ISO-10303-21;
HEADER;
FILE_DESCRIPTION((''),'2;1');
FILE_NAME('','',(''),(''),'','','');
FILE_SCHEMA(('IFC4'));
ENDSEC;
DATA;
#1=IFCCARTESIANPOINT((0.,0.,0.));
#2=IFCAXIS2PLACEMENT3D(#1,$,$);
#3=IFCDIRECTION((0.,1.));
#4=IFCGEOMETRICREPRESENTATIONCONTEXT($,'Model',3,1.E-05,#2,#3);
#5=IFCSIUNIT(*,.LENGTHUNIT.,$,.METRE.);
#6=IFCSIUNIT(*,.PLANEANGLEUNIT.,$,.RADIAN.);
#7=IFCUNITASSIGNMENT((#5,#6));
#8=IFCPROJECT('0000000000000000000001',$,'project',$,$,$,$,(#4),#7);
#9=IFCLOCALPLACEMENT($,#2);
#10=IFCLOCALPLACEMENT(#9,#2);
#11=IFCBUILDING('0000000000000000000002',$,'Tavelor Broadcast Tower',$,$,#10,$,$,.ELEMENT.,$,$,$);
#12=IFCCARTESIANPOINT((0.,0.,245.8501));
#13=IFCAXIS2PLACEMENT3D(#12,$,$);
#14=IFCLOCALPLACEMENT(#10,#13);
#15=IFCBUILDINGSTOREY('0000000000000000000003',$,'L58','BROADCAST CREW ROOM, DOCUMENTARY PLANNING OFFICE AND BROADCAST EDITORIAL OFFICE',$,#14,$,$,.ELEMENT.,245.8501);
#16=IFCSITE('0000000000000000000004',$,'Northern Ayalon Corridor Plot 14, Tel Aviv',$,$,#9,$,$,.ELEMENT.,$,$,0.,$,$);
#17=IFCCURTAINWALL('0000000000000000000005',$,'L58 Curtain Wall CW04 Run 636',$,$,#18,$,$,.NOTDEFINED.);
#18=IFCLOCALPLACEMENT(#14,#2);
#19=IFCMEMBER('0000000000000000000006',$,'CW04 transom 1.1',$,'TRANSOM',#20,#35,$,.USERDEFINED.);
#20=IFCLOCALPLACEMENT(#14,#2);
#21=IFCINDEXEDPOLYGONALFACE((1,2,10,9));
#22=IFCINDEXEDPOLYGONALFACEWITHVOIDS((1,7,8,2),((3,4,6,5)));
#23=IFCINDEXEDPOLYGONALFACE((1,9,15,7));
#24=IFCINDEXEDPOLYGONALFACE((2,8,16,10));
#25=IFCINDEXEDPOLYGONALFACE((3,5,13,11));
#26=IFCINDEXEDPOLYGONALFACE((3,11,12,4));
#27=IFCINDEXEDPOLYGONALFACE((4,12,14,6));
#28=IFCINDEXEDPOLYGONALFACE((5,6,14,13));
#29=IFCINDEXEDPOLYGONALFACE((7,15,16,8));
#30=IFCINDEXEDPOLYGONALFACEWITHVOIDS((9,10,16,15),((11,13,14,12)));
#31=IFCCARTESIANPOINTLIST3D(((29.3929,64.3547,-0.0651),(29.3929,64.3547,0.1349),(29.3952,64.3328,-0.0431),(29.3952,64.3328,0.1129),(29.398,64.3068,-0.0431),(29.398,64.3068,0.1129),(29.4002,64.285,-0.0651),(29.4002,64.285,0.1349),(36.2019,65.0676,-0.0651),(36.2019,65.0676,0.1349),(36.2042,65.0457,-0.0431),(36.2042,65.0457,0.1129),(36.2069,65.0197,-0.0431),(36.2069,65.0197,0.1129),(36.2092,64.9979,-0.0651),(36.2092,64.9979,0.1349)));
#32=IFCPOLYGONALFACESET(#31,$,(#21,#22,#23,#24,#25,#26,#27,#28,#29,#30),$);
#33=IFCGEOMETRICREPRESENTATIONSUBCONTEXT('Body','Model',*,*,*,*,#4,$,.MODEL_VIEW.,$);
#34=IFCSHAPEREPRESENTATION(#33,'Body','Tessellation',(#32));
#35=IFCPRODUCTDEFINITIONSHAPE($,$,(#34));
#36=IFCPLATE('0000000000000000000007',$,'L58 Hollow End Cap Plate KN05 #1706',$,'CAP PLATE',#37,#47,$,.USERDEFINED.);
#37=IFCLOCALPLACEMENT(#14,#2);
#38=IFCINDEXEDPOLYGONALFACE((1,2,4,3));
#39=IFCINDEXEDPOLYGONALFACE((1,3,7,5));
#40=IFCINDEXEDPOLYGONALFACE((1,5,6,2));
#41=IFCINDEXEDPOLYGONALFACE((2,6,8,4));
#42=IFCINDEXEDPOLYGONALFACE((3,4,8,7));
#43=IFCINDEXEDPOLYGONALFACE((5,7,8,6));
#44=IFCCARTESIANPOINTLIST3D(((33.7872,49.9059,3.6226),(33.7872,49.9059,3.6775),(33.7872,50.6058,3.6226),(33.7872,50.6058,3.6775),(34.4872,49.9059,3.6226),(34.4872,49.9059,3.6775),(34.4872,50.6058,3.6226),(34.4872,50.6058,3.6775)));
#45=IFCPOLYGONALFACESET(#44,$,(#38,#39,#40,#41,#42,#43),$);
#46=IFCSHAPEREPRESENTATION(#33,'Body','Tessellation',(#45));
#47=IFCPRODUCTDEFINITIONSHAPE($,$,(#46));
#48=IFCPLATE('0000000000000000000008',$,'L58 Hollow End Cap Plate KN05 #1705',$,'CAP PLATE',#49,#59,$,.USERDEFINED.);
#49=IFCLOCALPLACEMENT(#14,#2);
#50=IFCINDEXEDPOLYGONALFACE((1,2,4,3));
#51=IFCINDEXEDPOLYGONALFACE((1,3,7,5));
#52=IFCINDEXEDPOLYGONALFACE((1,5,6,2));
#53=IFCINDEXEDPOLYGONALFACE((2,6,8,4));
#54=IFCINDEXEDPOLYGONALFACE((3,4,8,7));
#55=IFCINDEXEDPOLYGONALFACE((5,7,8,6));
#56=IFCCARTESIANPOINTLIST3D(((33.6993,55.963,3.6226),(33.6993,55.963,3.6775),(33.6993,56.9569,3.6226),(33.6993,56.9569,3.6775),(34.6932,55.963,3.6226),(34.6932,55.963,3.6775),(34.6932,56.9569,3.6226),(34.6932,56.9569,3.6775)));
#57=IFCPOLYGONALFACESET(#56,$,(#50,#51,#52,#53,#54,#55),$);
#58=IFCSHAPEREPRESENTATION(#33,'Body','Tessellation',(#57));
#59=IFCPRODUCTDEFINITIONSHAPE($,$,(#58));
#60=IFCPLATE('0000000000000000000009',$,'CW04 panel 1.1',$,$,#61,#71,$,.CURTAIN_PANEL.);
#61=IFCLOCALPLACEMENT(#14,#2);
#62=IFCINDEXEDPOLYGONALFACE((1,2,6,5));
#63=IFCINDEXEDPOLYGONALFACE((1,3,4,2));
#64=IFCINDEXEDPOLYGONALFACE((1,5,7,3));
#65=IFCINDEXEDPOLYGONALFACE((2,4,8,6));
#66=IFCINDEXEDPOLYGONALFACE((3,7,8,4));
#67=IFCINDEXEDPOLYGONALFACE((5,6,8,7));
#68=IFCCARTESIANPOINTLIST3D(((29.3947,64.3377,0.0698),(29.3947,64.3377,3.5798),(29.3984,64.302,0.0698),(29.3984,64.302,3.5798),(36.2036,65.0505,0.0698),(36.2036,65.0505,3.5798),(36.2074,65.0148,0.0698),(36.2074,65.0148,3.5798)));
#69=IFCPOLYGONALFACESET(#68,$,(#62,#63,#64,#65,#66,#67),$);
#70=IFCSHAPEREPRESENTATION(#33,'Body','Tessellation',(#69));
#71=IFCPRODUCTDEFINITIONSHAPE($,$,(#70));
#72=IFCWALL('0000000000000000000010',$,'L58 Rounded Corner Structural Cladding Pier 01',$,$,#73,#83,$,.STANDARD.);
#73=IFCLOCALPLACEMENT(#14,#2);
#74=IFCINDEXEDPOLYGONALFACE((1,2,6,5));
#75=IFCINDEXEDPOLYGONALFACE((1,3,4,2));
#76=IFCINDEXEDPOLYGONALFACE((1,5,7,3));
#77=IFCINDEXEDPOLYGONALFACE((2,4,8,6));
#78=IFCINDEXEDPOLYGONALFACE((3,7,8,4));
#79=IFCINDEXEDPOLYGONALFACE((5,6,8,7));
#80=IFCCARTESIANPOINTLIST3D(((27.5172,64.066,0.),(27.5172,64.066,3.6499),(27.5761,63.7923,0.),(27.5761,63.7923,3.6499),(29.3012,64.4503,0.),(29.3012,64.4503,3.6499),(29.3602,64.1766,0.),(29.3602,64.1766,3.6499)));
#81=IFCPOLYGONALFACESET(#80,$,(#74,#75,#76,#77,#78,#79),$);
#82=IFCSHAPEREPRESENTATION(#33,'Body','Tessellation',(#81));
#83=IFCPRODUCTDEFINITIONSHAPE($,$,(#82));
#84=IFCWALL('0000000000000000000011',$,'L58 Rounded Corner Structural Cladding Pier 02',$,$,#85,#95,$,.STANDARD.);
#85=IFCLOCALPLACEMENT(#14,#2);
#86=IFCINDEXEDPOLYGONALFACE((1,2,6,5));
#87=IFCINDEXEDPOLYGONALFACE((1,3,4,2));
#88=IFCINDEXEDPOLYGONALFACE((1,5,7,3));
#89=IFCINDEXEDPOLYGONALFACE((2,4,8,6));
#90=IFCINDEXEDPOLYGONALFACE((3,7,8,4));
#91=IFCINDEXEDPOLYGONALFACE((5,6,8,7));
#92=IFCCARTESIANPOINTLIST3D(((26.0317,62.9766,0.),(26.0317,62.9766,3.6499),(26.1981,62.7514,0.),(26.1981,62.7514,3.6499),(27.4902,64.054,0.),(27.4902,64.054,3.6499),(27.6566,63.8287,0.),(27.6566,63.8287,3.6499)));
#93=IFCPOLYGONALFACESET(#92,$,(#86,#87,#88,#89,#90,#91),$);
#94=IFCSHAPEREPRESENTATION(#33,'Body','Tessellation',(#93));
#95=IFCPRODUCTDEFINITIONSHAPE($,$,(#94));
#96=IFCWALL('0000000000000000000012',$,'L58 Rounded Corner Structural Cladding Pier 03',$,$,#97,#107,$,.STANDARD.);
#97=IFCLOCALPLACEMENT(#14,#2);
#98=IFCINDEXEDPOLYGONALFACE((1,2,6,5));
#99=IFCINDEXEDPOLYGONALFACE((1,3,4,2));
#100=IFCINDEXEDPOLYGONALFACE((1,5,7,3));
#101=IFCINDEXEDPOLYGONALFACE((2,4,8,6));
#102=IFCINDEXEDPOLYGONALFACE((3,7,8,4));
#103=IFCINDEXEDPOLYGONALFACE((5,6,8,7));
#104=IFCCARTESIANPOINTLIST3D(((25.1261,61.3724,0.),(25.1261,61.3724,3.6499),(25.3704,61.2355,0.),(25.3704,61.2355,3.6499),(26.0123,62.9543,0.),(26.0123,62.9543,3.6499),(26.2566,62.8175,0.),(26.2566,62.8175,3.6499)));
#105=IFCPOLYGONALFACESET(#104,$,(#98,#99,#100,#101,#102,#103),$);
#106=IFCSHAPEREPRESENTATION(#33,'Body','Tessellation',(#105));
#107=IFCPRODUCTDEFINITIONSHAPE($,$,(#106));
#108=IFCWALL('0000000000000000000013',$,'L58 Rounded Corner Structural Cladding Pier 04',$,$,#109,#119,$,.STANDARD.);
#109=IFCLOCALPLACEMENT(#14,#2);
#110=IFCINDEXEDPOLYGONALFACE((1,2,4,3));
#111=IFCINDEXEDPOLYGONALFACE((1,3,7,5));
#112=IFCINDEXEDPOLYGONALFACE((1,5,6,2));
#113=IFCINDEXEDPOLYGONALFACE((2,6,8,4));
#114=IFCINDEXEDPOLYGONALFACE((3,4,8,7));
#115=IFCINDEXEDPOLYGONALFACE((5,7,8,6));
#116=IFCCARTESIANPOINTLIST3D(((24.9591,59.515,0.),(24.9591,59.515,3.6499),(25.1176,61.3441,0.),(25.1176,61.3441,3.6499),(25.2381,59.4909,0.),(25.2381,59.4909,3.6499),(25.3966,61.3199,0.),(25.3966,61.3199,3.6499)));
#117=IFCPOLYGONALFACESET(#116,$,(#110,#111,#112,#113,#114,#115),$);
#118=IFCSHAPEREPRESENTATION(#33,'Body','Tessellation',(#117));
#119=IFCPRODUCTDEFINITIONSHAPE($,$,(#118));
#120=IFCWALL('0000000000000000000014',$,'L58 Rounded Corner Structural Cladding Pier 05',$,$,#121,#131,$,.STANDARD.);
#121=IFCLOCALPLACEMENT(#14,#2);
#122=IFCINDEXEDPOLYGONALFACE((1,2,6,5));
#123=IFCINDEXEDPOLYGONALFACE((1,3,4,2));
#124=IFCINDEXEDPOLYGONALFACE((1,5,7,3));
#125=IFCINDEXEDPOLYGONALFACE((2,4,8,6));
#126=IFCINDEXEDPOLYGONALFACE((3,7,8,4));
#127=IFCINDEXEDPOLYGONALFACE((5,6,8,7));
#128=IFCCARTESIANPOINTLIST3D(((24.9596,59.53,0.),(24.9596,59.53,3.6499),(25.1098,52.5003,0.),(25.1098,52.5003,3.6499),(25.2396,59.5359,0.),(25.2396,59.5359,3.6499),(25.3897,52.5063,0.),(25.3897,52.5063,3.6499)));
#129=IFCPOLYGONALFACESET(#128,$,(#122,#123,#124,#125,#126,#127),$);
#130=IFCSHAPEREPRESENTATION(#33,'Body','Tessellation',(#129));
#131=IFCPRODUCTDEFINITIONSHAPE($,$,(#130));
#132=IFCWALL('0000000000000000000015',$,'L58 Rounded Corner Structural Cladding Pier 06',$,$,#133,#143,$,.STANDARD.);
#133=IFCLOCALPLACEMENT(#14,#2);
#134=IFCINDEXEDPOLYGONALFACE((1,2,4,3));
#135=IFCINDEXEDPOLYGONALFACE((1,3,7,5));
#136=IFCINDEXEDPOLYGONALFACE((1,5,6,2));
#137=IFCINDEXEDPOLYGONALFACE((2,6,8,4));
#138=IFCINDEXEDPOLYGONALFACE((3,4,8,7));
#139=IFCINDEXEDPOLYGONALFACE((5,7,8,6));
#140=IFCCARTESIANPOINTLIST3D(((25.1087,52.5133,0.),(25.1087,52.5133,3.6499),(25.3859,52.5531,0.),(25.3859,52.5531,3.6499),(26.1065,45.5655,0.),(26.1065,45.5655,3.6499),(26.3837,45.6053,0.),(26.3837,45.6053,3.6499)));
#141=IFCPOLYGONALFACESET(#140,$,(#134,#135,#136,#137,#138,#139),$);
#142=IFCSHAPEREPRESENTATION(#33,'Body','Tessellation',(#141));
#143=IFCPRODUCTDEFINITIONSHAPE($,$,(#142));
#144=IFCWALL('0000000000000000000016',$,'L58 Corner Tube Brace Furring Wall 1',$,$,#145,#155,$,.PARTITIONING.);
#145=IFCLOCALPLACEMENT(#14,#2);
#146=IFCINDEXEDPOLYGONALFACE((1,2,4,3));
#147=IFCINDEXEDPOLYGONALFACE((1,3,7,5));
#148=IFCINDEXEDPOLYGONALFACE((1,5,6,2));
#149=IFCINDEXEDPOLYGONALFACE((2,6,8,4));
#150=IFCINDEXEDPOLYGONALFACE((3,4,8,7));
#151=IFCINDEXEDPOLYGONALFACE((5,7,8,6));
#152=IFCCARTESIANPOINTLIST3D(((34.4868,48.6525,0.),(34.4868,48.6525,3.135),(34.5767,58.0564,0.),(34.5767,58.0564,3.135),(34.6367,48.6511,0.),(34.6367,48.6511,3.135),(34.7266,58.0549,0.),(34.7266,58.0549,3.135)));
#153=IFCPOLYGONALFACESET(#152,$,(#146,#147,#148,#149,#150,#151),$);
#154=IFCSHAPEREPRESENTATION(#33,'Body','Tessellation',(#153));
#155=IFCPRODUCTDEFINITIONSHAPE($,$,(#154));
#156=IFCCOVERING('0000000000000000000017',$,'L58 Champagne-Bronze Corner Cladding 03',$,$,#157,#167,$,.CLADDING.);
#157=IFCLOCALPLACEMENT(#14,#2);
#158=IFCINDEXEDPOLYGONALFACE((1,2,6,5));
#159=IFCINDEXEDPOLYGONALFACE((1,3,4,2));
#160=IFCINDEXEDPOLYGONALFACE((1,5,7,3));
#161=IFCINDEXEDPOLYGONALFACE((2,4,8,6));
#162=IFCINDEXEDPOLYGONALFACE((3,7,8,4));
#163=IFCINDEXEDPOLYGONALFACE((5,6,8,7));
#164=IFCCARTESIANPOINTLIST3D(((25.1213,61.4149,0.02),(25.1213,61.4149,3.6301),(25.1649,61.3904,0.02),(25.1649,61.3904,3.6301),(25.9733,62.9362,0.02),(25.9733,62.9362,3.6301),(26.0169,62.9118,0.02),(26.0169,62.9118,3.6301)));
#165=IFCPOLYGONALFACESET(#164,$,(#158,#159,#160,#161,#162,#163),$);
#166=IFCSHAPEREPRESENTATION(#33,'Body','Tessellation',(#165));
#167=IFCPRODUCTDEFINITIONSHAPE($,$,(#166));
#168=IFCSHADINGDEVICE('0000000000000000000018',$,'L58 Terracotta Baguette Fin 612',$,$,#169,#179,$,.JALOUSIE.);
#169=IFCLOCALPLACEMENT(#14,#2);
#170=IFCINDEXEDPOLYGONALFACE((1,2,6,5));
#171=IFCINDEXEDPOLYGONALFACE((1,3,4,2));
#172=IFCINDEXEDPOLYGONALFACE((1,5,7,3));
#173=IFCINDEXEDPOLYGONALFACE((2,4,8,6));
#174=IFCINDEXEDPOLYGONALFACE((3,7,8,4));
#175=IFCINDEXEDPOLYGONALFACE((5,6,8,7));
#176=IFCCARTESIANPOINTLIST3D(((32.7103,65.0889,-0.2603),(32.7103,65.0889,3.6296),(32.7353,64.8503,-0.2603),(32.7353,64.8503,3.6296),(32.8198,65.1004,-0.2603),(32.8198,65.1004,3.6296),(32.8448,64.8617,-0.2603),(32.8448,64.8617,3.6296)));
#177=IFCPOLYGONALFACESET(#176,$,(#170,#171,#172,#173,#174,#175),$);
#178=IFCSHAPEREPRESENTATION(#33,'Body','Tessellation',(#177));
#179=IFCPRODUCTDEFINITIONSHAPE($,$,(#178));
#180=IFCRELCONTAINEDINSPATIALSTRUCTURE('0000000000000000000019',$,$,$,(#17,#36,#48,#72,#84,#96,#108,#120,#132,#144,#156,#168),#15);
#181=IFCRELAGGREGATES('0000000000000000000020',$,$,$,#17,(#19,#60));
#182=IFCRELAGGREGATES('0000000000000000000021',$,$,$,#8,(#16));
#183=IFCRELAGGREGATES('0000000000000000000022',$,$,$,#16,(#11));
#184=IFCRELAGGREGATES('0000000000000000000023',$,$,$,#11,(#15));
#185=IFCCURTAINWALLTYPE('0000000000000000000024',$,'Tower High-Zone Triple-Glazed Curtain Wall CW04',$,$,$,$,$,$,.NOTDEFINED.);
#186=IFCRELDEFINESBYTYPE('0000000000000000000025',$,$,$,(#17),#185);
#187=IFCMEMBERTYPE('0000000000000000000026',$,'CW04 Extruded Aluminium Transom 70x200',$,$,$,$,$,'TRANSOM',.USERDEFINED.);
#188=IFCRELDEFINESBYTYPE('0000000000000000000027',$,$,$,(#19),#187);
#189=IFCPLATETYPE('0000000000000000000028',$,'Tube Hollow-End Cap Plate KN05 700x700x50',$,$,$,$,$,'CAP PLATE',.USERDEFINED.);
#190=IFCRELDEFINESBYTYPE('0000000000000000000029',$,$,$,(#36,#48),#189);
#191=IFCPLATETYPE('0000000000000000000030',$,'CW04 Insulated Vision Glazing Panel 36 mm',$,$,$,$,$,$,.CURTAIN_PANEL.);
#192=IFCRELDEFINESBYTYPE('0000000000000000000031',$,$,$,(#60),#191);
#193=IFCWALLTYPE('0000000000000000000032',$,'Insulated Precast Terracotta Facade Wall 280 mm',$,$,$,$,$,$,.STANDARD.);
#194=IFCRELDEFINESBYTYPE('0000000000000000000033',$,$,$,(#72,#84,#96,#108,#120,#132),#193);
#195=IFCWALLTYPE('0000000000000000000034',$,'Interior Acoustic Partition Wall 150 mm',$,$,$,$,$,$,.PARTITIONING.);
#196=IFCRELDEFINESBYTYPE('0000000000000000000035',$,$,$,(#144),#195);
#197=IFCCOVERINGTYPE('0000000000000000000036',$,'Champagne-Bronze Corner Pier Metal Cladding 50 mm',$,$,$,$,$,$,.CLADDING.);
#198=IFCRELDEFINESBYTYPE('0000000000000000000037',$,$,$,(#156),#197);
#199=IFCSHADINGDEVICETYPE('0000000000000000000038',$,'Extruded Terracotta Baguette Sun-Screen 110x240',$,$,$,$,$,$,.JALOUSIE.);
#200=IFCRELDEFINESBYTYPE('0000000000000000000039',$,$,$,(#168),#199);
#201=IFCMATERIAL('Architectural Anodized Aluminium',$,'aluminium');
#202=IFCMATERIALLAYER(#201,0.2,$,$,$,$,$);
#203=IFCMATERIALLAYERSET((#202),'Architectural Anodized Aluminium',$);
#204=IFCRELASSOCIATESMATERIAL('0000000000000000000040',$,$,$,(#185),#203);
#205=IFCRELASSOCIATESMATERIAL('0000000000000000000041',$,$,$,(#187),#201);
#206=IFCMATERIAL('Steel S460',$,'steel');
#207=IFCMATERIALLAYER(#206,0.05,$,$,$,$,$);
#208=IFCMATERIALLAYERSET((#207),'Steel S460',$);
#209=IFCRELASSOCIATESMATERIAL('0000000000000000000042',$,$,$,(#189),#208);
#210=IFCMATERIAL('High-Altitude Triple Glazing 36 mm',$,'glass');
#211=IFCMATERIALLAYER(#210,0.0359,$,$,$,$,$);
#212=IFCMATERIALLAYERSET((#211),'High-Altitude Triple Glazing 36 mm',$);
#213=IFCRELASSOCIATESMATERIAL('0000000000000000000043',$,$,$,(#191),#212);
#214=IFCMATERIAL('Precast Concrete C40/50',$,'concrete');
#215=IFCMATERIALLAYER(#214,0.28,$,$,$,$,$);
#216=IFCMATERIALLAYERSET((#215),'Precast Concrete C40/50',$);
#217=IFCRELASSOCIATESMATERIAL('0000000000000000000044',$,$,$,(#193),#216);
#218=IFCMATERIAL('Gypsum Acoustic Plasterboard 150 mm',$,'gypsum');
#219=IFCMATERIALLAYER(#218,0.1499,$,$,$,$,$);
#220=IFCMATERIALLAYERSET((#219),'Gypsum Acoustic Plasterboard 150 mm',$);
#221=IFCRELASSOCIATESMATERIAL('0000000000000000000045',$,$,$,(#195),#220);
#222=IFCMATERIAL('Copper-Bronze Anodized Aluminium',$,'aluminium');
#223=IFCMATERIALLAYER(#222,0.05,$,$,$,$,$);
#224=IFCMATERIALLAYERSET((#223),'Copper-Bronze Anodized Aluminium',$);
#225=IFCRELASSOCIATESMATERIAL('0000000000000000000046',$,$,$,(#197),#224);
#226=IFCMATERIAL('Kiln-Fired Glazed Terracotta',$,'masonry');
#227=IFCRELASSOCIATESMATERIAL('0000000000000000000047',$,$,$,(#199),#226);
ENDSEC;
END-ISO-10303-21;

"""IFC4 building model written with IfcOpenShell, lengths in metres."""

from ifc_helpers import new_model, si_unit, direction, frame, frame_2d, origin, origin_2d, place, context, subcontext, project, spatial, rectangle, hollow_rectangle, extrude, source, transform, mapped, material, layer, layer_set, material_profile, profile_set, type_object, type_shapes, element, aggregate, save


model = new_model("IFC4")

# Units and contexts
model_context = context("Model", 3, precision=1e-05, world=origin(), true_north=direction((0.0, 1.0)))
body_context = subcontext(model_context, "Body", "Model", "MODEL_VIEW")
ifc_project = project(units=[si_unit("LENGTHUNIT", "METRE"), si_unit("PLANEANGLEUNIT", "RADIAN")], contexts=[model_context])

# Site, building, storey
site_placement = place(None, origin())
site = spatial("IfcSite", under=ifc_project, at=site_placement, Name="Northern Ayalon Corridor Plot 14, Tel Aviv", CompositionType="ELEMENT", RefElevation=0.0)
building_placement = place(site_placement, origin())
building = spatial("IfcBuilding", under=site, at=building_placement, Name="Tavelor Broadcast Tower", CompositionType="ELEMENT")
storey_placement = place(building_placement, frame((0.0, 0.0, 245.8501)))
storey = spatial("IfcBuildingStorey", under=building, at=storey_placement, Name="L58", Description="BROADCAST CREW ROOM, DOCUMENTARY PLANNING OFFICE AND BROADCAST EDITORIAL OFFICE", CompositionType="ELEMENT", Elevation=245.8501)

# Shared definitions
ifc_material_1 = material(Name="Steel S460", Category="steel")

# Curtain wall, member
ifc_material_2 = material(Name="Architectural Anodized Aluminium", Category="aluminium")
ifc_layer_1 = layer(ifc_material_2, 0.2)
ifc_layer_set_1 = layer_set([ifc_layer_1], Name="Architectural Anodized Aluminium")
curtain_wall_type = type_object("IfcCurtainWallType", Name="Tower High-Zone Triple-Glazed Curtain Wall CW04", PredefinedType="NOTDEFINED", material=ifc_layer_set_1)
curtain_wall_placement = place(storey_placement, origin())
curtain_wall = element("IfcCurtainWall", 1, at=curtain_wall_placement, inside=storey, type_object=curtain_wall_type, Name="L58 Curtain Wall CW04 Run 636", PredefinedType="NOTDEFINED")
ifc_material_profile_1 = material_profile(ifc_material_2, hollow_rectangle(XDim=0.0701, YDim=0.2, WallThickness=0.022, at=origin_2d()), Name="RHS 70x200x22")
ifc_profile_set_1 = profile_set([ifc_material_profile_1], Name="Architectural Anodized Aluminium")
member_type_1 = type_object("IfcMemberType", Name="CW04 Extruded Aluminium Transom 70x200", ElementType="TRANSOM", PredefinedType="USERDEFINED", material=ifc_profile_set_1)
shared_shape_1 = source(origin(), body_context, "Body", "SweptSolid", [
    extrude(hollow_rectangle(XDim=0.0701, YDim=0.2, WallThickness=0.022, at=origin_2d()), origin(), (0.0, 0.0, 1.0), 6.8462),
])
type_shapes(member_type_1, [shared_shape_1])
member_1_placement = place(storey_placement, frame((36.2056, 65.0327, 0.0349), z_axis=(-0.994564, -0.104128, 0.0), x_axis=(0.104128, -0.994564, 0.0)))
member_1 = element("IfcMember", 2, at=member_1_placement, type_object=member_type_1, Name="CW04 transom 1.1", ObjectType="TRANSOM", PredefinedType="USERDEFINED", context=body_context, shape_type="MappedRepresentation", body=[
    mapped(shared_shape_1, transform((0.0, 0.0, 0.0), scale=1.0)),
])

# Plates
ifc_layer_2 = layer(ifc_material_1, 0.05)
ifc_layer_set_2 = layer_set([ifc_layer_2], Name="Steel S460")
plate_type_1 = type_object("IfcPlateType", Name="Tube Hollow-End Cap Plate KN05 700x700x50", ElementType="CAP PLATE", PredefinedType="USERDEFINED", material=ifc_layer_set_2)
shared_shape_2 = source(origin(), body_context, "Body", "SweptSolid", [
    extrude(rectangle(XDim=0.7, YDim=0.7, at=origin_2d()), origin(), (0.0, 0.0, 1.0), 0.0549),
])
plate_1_placement = place(storey_placement, frame((34.1372, 50.2559, 3.6226), z_axis=(0.0, 0.0, 1.0), x_axis=(1.0, 0.0, 0.0)))
element("IfcPlate", 3, at=plate_1_placement, inside=storey, type_object=plate_type_1, Name="L58 Hollow End Cap Plate KN05 #1706", ObjectType="CAP PLATE", PredefinedType="USERDEFINED", context=body_context, shape_type="MappedRepresentation", body=[
    mapped(shared_shape_2, transform((0.0, 0.0, 0.0), scale=1.0)),
])
shared_shape_3 = source(origin(), body_context, "Body", "SweptSolid", [
    extrude(rectangle(XDim=0.9939, YDim=0.9939, at=origin_2d()), origin(), (0.0, 0.0, 1.0), 0.0549),
])
type_shapes(plate_type_1, [shared_shape_2, shared_shape_3])
plate_2_placement = place(storey_placement, frame((34.1963, 56.46, 3.6226), z_axis=(0.0, 0.0, 1.0), x_axis=(1.0, 0.0, 0.0)))
element("IfcPlate", 4, at=plate_2_placement, inside=storey, type_object=plate_type_1, Name="L58 Hollow End Cap Plate KN05 #1705", ObjectType="CAP PLATE", PredefinedType="USERDEFINED", context=body_context, shape_type="MappedRepresentation", body=[
    mapped(shared_shape_3, transform((0.0, 0.0, 0.0), scale=1.0)),
])

# Plate
ifc_material_3 = material(Name="High-Altitude Triple Glazing 36 mm", Category="glass")
ifc_layer_3 = layer(ifc_material_3, 0.0359)
ifc_layer_set_3 = layer_set([ifc_layer_3], Name="High-Altitude Triple Glazing 36 mm")
plate_type_2 = type_object("IfcPlateType", Name="CW04 Insulated Vision Glazing Panel 36 mm", PredefinedType="CURTAIN_PANEL", material=ifc_layer_set_3)
shared_shape_4 = source(origin(), body_context, "Body", "SweptSolid", [
    extrude(rectangle(XDim=6.8462, YDim=0.0359, at=origin_2d()), origin(), (0.0, 0.0, 1.0), 3.51),
])
type_shapes(plate_type_2, [shared_shape_4])
plate_3_placement = place(storey_placement, frame((32.801, 64.6763, 0.0698), z_axis=(0.0, 0.0, 1.0), x_axis=(-0.994565, -0.10412, 0.0)))
plate_3 = element("IfcPlate", 5, at=plate_3_placement, type_object=plate_type_2, Name="CW04 panel 1.1", PredefinedType="CURTAIN_PANEL", context=body_context, shape_type="MappedRepresentation", body=[
    mapped(shared_shape_4, transform((0.0, 0.0, 0.0), scale=1.0)),
])
aggregate(curtain_wall, [member_1, plate_3])

# Walls
ifc_material_4 = material(Name="Precast Concrete C40/50", Category="concrete")
ifc_layer_4 = layer(ifc_material_4, 0.28)
ifc_layer_set_4 = layer_set([ifc_layer_4], Name="Precast Concrete C40/50")
wall_type_1 = type_object("IfcWallType", Name="Insulated Precast Terracotta Facade Wall 280 mm", PredefinedType="STANDARD", material=ifc_layer_set_4)
wall_1_placement = place(storey_placement, frame((29.3308, 64.3135, 0.0), z_axis=(0.0, 0.0, 1.0), x_axis=(-0.977577, -0.21058, 0.0)))
element("IfcWall", 6, at=wall_1_placement, inside=storey, type_object=wall_type_1, Name="L58 Rounded Corner Structural Cladding Pier 01", PredefinedType="STANDARD", context=body_context, shape_type="SweptSolid", body=[
    extrude(rectangle(XDim=1.825, YDim=0.28, at=frame_2d((0.9126, 0.0))), origin(), (0.0, 0.0, 1.0), 3.6499),
])
for number, where, z_axis, x_axis, name in (
    (7, (27.5735, 63.9414, 0.0), (0.0, 0.0, 1.0), (-0.804341, -0.594168, 0.0), "L58 Rounded Corner Structural Cladding Pier 02"),
    (8, (26.1345, 62.886, 0.0), (0.0, 0.0, 1.0), (-0.488726, -0.872437, 0.0), "L58 Rounded Corner Structural Cladding Pier 03"),
):
    element("IfcWall", number, at=place(storey_placement, frame(where, z_axis=z_axis, x_axis=x_axis)), inside=storey, type_object=wall_type_1, Name=name, PredefinedType="STANDARD", context=body_context, shape_type="SweptSolid", body=[
        extrude(rectangle(XDim=1.8132, YDim=0.28, at=frame_2d((0.9067, 0.0))), origin(), (0.0, 0.0, 1.0), 3.6499),
    ])
wall_2_placement = place(storey_placement, frame((25.2571, 61.332, 0.0), z_axis=(0.0, 0.0, 1.0), x_axis=(-0.086303, -0.996269, 0.0)))
element("IfcWall", 9, at=wall_2_placement, inside=storey, type_object=wall_type_1, Name="L58 Rounded Corner Structural Cladding Pier 04", PredefinedType="STANDARD", context=body_context, shape_type="SweptSolid", body=[
    extrude(rectangle(XDim=1.8359, YDim=0.28, at=frame_2d((0.918, 0.0))), origin(), (0.0, 0.0, 1.0), 3.6499),
])
wall_3_placement = place(storey_placement, frame((25.0996, 59.533, 0.0), z_axis=(0.0, 0.0, 1.0), x_axis=(0.021354, -0.999772, 0.0)))
element("IfcWall", 10, at=wall_3_placement, inside=storey, type_object=wall_type_1, Name="L58 Rounded Corner Structural Cladding Pier 05", PredefinedType="STANDARD", context=body_context, shape_type="SweptSolid", body=[
    extrude(rectangle(XDim=7.0312, YDim=0.28, at=frame_2d((3.5156, 0.0))), origin(), (0.0, 0.0, 1.0), 3.6499),
])
wall_4_placement = place(storey_placement, frame((25.2473, 52.5332, 0.0), z_axis=(0.0, 0.0, 1.0), x_axis=(0.142157, -0.989844, 0.0)))
element("IfcWall", 11, at=wall_4_placement, inside=storey, type_object=wall_type_1, Name="L58 Rounded Corner Structural Cladding Pier 06", PredefinedType="STANDARD", context=body_context, shape_type="SweptSolid", body=[
    extrude(rectangle(XDim=7.019, YDim=0.28, at=frame_2d((3.5095, 0.0))), origin(), (0.0, 0.0, 1.0), 3.6499),
])
ifc_material_5 = material(Name="Gypsum Acoustic Plasterboard 150 mm", Category="gypsum")
ifc_layer_5 = layer(ifc_material_5, 0.1499)
ifc_layer_set_5 = layer_set([ifc_layer_5], Name="Gypsum Acoustic Plasterboard 150 mm")
wall_type_2 = type_object("IfcWallType", Name="Interior Acoustic Partition Wall 150 mm", PredefinedType="PARTITIONING", material=ifc_layer_set_5)
wall_5_placement = place(storey_placement, frame((34.6516, 58.0557, 0.0), z_axis=(0.0, 0.0, 1.0), x_axis=(-0.009554, -0.999954, 0.0)))
element("IfcWall", 12, at=wall_5_placement, inside=storey, type_object=wall_type_2, Name="L58 Corner Tube Brace Furring Wall 1", PredefinedType="PARTITIONING", context=body_context, shape_type="SweptSolid", body=[
    extrude(rectangle(XDim=9.4043, YDim=0.1499, at=frame_2d((4.7021, 0.0))), origin(), (0.0, 0.0, 1.0), 3.135),
])

# Covering
ifc_material_6 = material(Name="Copper-Bronze Anodized Aluminium", Category="aluminium")
ifc_layer_6 = layer(ifc_material_6, 0.05)
ifc_layer_set_6 = layer_set([ifc_layer_6], Name="Copper-Bronze Anodized Aluminium")
covering_type = type_object("IfcCoveringType", Name="Champagne-Bronze Corner Pier Metal Cladding 50 mm", PredefinedType="CLADDING", material=ifc_layer_set_6)
covering_placement = place(storey_placement, frame((25.5691, 62.1633, 0.02), z_axis=(0.0, 0.0, 1.0), x_axis=(-0.488621, -0.872496, 0.0)))
element("IfcCovering", 13, at=covering_placement, inside=storey, type_object=covering_type, Name="L58 Champagne-Bronze Corner Cladding 03", PredefinedType="CLADDING", context=body_context, shape_type="SweptSolid", body=[
    extrude(rectangle(XDim=1.7437, YDim=0.05, at=origin_2d()), origin(), (0.0, 0.0, 1.0), 3.6101),
])

# Shading device
ifc_material_7 = material(Name="Kiln-Fired Glazed Terracotta", Category="masonry")
shading_device_type = type_object("IfcShadingDeviceType", Name="Extruded Terracotta Baguette Sun-Screen 110x240", PredefinedType="JALOUSIE", material=ifc_material_7)
shared_shape_5 = source(origin(), body_context, "Body", "SweptSolid", [
    extrude(rectangle(XDim=0.1101, YDim=0.24, at=origin_2d()), origin(), (0.0, 0.0, 1.0), 3.8899),
])
type_shapes(shading_device_type, [shared_shape_5])
shading_device_placement = place(storey_placement, frame((32.7776, 64.9753, -0.2603), z_axis=(0.0, 0.0, 1.0), x_axis=(-0.994558, -0.104181, 0.0)))
element("IfcShadingDevice", 14, at=shading_device_placement, inside=storey, type_object=shading_device_type, Name="L58 Terracotta Baguette Fin 612", PredefinedType="JALOUSIE", context=body_context, shape_type="MappedRepresentation", body=[
    mapped(shared_shape_5, transform((0.0, 0.0, 0.0), scale=1.0)),
])

save(model, "model.ifc")
